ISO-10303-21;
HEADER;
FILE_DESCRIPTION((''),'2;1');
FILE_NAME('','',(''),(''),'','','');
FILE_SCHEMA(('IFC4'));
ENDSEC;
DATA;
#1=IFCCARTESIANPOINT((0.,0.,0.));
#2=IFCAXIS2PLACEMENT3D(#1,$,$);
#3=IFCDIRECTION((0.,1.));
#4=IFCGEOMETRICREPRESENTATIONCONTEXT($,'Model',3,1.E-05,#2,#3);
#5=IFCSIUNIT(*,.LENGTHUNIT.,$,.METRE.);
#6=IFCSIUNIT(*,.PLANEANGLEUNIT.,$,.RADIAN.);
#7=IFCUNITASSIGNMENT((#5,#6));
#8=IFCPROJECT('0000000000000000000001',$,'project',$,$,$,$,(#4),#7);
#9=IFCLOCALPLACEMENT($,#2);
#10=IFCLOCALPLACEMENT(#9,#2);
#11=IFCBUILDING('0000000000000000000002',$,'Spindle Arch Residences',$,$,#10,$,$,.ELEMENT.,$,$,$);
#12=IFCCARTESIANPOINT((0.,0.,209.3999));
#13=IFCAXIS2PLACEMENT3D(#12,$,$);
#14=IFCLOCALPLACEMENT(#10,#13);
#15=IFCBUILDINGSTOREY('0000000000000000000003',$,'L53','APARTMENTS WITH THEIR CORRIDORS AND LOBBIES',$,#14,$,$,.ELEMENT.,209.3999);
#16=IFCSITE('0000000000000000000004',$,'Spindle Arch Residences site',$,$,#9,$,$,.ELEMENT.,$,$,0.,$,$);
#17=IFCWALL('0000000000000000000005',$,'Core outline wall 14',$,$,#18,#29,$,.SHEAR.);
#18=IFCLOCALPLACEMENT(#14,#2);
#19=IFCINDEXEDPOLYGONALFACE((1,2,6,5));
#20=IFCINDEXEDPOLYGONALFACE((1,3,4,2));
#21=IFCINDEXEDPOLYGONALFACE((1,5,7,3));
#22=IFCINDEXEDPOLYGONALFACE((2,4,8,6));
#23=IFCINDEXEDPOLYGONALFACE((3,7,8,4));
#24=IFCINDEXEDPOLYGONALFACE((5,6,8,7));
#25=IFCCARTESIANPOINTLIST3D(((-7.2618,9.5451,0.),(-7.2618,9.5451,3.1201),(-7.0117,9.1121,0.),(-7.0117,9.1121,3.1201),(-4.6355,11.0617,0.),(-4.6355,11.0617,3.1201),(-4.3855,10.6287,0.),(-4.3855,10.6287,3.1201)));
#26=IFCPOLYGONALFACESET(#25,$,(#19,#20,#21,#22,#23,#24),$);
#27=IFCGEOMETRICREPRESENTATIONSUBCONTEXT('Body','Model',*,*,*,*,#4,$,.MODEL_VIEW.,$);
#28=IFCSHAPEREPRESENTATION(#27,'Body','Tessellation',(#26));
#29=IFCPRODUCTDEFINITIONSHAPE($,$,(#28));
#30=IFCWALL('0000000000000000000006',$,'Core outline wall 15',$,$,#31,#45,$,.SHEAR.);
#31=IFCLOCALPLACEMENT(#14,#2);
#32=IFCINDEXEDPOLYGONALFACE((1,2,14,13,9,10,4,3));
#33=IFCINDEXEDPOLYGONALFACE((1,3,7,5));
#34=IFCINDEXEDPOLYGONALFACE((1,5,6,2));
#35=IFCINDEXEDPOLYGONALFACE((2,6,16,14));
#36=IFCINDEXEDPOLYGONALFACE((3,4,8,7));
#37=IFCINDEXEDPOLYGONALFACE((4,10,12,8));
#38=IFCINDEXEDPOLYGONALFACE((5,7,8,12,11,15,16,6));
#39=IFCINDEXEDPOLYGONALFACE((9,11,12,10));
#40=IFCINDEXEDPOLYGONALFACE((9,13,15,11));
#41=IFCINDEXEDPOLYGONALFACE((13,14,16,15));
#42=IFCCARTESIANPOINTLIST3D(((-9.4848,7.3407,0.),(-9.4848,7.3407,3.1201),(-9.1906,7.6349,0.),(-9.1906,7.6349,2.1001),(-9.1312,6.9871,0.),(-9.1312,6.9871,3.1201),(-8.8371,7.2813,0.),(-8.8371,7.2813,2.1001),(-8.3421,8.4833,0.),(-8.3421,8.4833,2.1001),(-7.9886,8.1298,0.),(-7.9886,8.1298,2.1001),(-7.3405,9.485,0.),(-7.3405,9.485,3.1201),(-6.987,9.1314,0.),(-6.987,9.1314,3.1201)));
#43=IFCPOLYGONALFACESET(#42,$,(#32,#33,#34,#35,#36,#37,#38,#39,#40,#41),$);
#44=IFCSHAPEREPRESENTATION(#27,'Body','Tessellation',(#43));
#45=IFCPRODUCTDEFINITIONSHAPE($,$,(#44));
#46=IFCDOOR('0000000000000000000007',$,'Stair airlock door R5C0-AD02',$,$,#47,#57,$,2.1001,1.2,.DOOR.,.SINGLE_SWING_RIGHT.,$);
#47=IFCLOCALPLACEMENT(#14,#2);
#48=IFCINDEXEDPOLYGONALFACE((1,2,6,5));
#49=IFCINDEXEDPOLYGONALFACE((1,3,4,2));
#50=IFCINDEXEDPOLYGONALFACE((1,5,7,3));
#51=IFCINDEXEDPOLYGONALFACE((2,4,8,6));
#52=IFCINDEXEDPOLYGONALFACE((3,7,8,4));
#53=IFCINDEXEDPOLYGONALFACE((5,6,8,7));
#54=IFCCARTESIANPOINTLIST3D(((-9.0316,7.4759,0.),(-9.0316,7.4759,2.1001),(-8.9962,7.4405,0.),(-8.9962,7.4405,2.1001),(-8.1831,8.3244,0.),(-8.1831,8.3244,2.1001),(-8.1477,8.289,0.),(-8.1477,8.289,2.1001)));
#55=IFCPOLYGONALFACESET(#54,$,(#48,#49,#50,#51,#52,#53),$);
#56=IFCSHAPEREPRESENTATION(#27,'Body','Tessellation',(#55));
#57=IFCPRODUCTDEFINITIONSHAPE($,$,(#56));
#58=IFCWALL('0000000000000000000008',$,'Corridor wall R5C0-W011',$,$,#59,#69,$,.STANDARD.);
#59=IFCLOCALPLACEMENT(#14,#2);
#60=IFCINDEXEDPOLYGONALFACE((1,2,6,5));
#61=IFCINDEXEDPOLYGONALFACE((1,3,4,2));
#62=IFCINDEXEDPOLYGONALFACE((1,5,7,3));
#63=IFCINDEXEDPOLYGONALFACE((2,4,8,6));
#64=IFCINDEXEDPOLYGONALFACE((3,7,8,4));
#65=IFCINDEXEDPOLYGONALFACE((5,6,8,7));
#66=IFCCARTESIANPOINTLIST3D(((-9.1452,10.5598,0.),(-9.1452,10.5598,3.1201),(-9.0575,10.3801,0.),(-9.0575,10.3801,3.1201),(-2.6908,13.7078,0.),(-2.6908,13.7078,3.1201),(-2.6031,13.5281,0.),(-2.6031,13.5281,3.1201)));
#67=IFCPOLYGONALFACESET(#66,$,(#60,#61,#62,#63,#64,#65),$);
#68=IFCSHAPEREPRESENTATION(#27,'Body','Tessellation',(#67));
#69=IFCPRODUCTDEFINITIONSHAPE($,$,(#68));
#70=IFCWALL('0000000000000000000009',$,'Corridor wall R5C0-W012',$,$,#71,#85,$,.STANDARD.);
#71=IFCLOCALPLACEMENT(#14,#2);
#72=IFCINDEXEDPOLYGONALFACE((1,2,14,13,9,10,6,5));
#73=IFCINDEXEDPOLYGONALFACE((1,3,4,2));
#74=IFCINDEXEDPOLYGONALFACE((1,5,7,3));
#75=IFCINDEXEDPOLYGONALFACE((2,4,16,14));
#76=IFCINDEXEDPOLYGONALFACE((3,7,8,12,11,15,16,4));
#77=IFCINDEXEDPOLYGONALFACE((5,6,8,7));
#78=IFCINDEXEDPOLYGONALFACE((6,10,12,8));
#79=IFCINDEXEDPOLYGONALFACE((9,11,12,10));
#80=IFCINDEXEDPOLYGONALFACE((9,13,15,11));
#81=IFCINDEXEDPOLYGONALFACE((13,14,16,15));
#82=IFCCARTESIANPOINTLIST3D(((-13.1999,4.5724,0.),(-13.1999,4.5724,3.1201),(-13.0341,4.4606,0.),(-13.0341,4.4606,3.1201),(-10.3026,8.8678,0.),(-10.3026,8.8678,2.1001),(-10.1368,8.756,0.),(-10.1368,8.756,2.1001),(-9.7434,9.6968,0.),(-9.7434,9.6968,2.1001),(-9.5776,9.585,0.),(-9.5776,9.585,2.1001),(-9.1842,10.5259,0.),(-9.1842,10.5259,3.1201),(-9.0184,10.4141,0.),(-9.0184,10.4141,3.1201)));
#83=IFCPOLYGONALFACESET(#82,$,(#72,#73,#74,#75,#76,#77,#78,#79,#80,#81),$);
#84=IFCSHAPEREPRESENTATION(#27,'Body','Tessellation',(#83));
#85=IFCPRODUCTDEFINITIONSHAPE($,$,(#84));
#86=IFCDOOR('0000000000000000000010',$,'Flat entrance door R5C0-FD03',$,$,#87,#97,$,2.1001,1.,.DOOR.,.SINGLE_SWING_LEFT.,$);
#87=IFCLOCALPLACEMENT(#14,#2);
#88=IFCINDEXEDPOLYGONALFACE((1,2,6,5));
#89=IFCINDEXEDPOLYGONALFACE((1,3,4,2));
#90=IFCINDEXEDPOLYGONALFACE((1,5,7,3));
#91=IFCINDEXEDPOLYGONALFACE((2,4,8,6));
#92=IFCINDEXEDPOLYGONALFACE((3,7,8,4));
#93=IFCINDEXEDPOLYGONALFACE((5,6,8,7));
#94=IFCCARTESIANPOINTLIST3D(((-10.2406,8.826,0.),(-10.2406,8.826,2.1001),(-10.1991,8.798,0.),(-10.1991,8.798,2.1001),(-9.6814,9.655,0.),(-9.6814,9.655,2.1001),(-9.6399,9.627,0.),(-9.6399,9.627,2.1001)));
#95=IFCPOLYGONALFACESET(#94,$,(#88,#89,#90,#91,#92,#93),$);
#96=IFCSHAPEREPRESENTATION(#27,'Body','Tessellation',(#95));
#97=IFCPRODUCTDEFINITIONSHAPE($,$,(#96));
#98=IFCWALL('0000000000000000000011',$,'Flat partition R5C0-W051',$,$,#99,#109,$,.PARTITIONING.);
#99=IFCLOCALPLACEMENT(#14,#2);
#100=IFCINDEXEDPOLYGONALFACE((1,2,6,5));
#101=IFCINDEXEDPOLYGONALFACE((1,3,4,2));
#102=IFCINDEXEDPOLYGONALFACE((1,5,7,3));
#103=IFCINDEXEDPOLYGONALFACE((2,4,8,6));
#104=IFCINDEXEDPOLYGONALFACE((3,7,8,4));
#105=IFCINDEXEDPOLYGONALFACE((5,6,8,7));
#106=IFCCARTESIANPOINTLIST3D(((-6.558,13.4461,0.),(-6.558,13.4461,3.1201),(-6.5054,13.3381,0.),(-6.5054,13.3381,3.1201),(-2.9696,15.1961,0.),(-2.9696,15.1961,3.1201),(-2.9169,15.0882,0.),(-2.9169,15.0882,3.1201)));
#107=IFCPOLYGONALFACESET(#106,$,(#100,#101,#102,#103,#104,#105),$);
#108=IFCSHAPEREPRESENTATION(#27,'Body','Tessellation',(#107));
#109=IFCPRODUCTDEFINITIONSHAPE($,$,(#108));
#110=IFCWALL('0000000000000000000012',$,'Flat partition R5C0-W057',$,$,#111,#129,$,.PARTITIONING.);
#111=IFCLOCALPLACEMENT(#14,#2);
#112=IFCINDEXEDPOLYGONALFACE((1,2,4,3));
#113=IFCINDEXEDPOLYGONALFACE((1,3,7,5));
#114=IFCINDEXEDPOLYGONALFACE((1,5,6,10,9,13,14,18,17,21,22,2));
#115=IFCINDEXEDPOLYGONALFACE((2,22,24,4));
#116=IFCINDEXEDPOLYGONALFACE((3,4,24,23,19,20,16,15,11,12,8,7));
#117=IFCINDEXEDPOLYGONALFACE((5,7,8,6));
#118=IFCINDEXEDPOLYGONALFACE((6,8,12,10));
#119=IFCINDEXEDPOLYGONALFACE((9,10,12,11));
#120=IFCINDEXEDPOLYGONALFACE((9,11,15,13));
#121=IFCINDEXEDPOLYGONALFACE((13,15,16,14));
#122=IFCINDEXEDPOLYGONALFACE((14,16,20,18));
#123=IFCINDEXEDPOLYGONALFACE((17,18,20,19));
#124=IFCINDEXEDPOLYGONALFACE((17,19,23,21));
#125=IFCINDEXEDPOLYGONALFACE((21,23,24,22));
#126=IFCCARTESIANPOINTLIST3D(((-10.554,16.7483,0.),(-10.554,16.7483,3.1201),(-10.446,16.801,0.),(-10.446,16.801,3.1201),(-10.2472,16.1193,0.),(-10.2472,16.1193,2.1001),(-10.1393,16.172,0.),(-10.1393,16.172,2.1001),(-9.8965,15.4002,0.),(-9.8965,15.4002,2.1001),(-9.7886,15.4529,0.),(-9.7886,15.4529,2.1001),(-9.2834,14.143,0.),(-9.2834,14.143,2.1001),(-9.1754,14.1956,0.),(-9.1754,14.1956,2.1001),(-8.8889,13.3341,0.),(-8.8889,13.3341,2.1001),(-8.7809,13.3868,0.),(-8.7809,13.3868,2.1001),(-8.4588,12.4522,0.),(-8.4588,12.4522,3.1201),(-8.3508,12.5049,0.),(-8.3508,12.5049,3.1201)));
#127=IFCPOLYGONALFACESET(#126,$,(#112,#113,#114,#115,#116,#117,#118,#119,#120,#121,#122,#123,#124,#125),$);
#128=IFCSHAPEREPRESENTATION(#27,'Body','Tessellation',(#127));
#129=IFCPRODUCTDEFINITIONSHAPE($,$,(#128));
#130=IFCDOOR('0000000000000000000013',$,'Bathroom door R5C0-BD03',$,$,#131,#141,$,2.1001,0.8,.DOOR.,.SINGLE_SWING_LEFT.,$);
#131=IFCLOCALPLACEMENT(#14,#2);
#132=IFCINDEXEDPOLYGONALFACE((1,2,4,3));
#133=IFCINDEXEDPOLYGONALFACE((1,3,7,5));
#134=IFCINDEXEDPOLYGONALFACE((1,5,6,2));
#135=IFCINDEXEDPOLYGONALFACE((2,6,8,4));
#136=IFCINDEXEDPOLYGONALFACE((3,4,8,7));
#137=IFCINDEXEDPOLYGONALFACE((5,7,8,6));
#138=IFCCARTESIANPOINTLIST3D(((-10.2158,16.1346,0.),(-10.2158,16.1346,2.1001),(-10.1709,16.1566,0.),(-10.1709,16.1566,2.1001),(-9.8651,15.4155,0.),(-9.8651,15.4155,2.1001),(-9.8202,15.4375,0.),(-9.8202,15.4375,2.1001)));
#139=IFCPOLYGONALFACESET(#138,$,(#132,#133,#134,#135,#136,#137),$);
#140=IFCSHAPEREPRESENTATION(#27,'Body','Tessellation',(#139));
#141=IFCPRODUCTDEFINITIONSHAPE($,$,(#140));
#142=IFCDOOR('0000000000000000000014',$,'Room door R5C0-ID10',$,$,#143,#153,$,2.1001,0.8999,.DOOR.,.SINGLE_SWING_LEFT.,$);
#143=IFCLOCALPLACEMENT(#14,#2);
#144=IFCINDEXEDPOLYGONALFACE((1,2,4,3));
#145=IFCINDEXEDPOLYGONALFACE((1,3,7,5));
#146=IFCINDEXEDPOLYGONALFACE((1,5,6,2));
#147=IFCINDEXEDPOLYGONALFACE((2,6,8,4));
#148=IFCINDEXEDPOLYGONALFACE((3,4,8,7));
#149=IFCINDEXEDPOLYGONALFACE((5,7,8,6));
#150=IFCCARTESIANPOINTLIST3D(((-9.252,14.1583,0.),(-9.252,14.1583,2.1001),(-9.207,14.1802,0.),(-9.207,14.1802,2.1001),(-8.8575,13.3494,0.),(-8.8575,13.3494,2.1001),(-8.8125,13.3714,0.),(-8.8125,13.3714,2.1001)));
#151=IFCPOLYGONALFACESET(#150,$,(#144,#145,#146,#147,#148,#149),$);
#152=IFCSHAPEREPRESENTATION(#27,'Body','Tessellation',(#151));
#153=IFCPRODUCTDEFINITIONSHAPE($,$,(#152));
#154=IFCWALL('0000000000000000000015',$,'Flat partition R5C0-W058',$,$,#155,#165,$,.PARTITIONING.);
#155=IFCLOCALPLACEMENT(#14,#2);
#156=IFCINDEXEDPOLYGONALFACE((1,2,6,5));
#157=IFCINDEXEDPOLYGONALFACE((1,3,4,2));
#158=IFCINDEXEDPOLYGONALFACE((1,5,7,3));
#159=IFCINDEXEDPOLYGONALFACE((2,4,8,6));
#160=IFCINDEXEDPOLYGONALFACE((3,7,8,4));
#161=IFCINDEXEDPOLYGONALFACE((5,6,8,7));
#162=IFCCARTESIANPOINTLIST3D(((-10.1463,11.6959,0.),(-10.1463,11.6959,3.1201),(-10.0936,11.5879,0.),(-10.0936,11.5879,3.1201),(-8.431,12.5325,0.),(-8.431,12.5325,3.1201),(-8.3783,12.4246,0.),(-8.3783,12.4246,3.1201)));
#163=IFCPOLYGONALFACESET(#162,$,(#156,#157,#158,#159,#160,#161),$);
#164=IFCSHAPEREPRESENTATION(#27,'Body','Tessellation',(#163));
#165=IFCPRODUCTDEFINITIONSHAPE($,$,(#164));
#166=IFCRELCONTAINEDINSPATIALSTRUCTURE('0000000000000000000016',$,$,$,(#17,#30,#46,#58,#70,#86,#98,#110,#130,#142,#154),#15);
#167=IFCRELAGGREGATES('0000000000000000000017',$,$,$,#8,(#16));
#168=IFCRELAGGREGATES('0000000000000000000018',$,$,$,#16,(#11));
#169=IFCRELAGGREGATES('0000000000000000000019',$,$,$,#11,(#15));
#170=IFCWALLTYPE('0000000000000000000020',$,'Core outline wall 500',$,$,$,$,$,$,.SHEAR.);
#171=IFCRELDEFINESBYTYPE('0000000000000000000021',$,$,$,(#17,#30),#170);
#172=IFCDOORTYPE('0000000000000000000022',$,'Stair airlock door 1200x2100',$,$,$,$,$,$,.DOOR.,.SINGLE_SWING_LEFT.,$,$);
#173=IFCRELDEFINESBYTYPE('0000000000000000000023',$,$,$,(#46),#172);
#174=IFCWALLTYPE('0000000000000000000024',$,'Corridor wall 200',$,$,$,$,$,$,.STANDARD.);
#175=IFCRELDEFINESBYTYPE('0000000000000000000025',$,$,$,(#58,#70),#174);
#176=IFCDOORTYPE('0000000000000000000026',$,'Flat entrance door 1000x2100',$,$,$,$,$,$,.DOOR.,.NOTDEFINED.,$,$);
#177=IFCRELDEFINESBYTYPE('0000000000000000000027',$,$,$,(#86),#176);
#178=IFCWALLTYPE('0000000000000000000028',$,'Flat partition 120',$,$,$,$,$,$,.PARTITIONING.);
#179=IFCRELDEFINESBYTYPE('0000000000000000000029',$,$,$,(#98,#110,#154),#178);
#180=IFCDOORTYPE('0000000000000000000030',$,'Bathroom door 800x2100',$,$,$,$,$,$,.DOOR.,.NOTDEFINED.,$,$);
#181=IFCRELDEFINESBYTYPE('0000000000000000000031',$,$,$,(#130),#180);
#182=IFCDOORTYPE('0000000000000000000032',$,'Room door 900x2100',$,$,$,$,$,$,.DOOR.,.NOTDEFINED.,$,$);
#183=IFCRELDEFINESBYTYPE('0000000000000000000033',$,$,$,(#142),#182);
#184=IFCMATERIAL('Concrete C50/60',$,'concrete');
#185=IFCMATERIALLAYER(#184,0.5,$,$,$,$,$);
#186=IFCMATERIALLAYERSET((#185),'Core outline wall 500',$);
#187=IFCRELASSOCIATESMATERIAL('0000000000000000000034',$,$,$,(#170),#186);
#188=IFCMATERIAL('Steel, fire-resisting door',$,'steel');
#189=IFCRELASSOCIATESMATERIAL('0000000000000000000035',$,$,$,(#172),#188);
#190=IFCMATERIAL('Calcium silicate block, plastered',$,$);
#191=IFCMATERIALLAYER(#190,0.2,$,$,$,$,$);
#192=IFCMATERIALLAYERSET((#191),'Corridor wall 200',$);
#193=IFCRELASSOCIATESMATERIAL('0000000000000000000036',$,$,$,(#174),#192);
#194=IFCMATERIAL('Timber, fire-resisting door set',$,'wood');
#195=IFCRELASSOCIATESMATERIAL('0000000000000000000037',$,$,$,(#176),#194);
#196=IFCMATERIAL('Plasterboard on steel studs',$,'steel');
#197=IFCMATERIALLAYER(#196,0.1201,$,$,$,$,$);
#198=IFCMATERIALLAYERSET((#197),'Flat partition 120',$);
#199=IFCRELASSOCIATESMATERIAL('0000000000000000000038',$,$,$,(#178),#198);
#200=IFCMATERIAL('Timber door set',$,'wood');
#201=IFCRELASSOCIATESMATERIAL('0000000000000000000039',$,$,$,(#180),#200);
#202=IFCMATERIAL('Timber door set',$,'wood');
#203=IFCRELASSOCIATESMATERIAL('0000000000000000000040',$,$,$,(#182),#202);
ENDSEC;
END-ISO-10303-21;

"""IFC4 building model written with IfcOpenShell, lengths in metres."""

from ifc_helpers import new_model, si_unit, direction, frame, frame_2d, origin, place, context, subcontext, project, spatial, rectangle, extrude, material, layer, layer_set, type_object, element, fill, save


model = new_model("IFC4")

# Units and contexts
model_context = context("Model", 3, precision=1e-05, world=origin(), true_north=direction((0.0, 1.0)))
body_context = subcontext(model_context, "Body", "Model", "MODEL_VIEW")
ifc_project = project(units=[si_unit("LENGTHUNIT", "METRE"), si_unit("PLANEANGLEUNIT", "RADIAN")], contexts=[model_context])

# Site, building, storey
site_placement = place(None, origin())
site = spatial("IfcSite", under=ifc_project, at=site_placement, Name="Spindle Arch Residences site", CompositionType="ELEMENT", RefElevation=0.0)
building_placement = place(site_placement, origin())
building = spatial("IfcBuilding", under=site, at=building_placement, Name="Spindle Arch Residences", CompositionType="ELEMENT")
storey_placement = place(building_placement, frame((0.0, 0.0, 209.3999)))
storey = spatial("IfcBuildingStorey", under=building, at=storey_placement, Name="L53", Description="APARTMENTS WITH THEIR CORRIDORS AND LOBBIES", CompositionType="ELEMENT", Elevation=209.3999)

# Wall
ifc_material_1 = material(Name="Concrete C50/60", Category="concrete")
ifc_layer_1 = layer(ifc_material_1, 0.5)
ifc_layer_set_1 = layer_set([ifc_layer_1], Name="Core outline wall 500")
wall_type_1 = type_object("IfcWallType", Name="Core outline wall 500", PredefinedType="SHEAR", material=ifc_layer_set_1)
wall_1_placement = place(storey_placement, frame((-4.5105, 10.8452, 0.0), z_axis=(0.0, 0.0, 1.0), x_axis=(-0.865975, -0.500087, 0.0)))
element("IfcWall", 1, at=wall_1_placement, inside=storey, type_object=wall_type_1, Name="Core outline wall 14", PredefinedType="SHEAR", context=body_context, shape_type="SweptSolid", body=[
    extrude(rectangle(XDim=3.0327, YDim=0.5, at=frame_2d((1.5164, 0.0))), origin(), (0.0, 0.0, 1.0), 3.1201),
])

# Wall, opening, door
wall_2_placement = place(storey_placement, frame((-7.1638, 9.3081, 0.0), z_axis=(0.0, 0.0, 1.0), x_axis=(-0.707107, -0.707107, 0.0)))
wall_2 = element("IfcWall", 2, at=wall_2_placement, inside=storey, type_object=wall_type_1, Name="Core outline wall 15", PredefinedType="SHEAR", context=body_context, shape_type="SweptSolid", body=[
    extrude(rectangle(XDim=3.0325, YDim=0.5, at=frame_2d((1.5161, 0.0))), origin(), (0.0, 0.0, 1.0), 3.1201),
])
opening_1_placement = place(wall_2_placement, frame((1.4163, 0.0, 0.0)))
opening_1 = element("IfcOpeningElement", 3, at=opening_1_placement, cuts=wall_2, PredefinedType="OPENING", context=body_context, shape_type="SweptSolid", body=[
    extrude(rectangle(XDim=1.2, YDim=2.1001, at=frame_2d((0.6001, 1.05))), frame((0.0, 0.26, 0.0), z_axis=(0.0, -1.0, 0.0), x_axis=(1.0, 0.0, 0.0)), (0.0, 0.0, 1.0), 0.52),
])
ifc_material_2 = material(Name="Steel, fire-resisting door", Category="steel")
door_type_1 = type_object("IfcDoorType", Name="Stair airlock door 1200x2100", OperationType="SINGLE_SWING_LEFT", PredefinedType="DOOR", material=ifc_material_2)
door_1_placement = place(opening_1_placement, origin())
door_1 = element("IfcDoor", 4, at=door_1_placement, inside=storey, type_object=door_type_1, Name="Stair airlock door R5C0-AD02", OperationType="SINGLE_SWING_RIGHT", OverallHeight=2.1001, OverallWidth=1.2, PredefinedType="DOOR", context=body_context, shape_type="SweptSolid", body=[
    extrude(rectangle(XDim=1.2, YDim=2.1001, at=frame_2d((0.6001, 1.05))), frame((0.0, 0.0249, 0.0), z_axis=(0.0, -1.0, 0.0), x_axis=(1.0, 0.0, 0.0)), (0.0, 0.0, 1.0), 0.05),
])
fill(opening_1, door_1)

# Wall
ifc_material_3 = material(Name="Calcium silicate block, plastered")
ifc_layer_2 = layer(ifc_material_3, 0.2)
ifc_layer_set_2 = layer_set([ifc_layer_2], Name="Corridor wall 200")
wall_type_2 = type_object("IfcWallType", Name="Corridor wall 200", PredefinedType="STANDARD", material=ifc_layer_set_2)
wall_3_placement = place(storey_placement, frame((-2.647, 13.6179, 0.0), z_axis=(0.0, 0.0, 1.0), x_axis=(-0.898797, -0.438366, 0.0)))
element("IfcWall", 5, at=wall_3_placement, inside=storey, type_object=wall_type_2, Name="Corridor wall R5C0-W011", PredefinedType="STANDARD", context=body_context, shape_type="SweptSolid", body=[
    extrude(rectangle(XDim=7.1812, YDim=0.2, at=frame_2d((3.5906, 0.0))), origin(), (0.0, 0.0, 1.0), 3.1201),
])

# Wall, opening, door
wall_4_placement = place(storey_placement, frame((-9.1013, 10.47, 0.0), z_axis=(0.0, 0.0, 1.0), x_axis=(-0.559195, -0.829036, 0.0)))
wall_4 = element("IfcWall", 6, at=wall_4_placement, inside=storey, type_object=wall_type_2, Name="Corridor wall R5C0-W012", PredefinedType="STANDARD", context=body_context, shape_type="SweptSolid", body=[
    extrude(rectangle(XDim=7.1812, YDim=0.2, at=frame_2d((3.5906, 0.0))), origin(), (0.0, 0.0, 1.0), 3.1201),
])
opening_2_placement = place(wall_4_placement, frame((1.0, 0.0, 0.0)))
opening_2 = element("IfcOpeningElement", 7, at=opening_2_placement, cuts=wall_4, PredefinedType="OPENING", context=body_context, shape_type="SweptSolid", body=[
    extrude(rectangle(XDim=1.0, YDim=2.1001, at=frame_2d((0.5, 1.05))), frame((0.0, 0.1099, 0.0), z_axis=(0.0, -1.0, 0.0), x_axis=(1.0, 0.0, 0.0)), (0.0, 0.0, 1.0), 0.22),
])
ifc_material_4 = material(Name="Timber, fire-resisting door set", Category="wood")
door_type_2 = type_object("IfcDoorType", Name="Flat entrance door 1000x2100", OperationType="NOTDEFINED", PredefinedType="DOOR", material=ifc_material_4)
door_2_placement = place(opening_2_placement, origin())
door_2 = element("IfcDoor", 8, at=door_2_placement, inside=storey, type_object=door_type_2, Name="Flat entrance door R5C0-FD03", OperationType="SINGLE_SWING_LEFT", OverallHeight=2.1001, OverallWidth=1.0, PredefinedType="DOOR", context=body_context, shape_type="SweptSolid", body=[
    extrude(rectangle(XDim=1.0, YDim=2.1001, at=frame_2d((0.5, 1.05))), frame((0.0, 0.0249, 0.0), z_axis=(0.0, -1.0, 0.0), x_axis=(1.0, 0.0, 0.0)), (0.0, 0.0, 1.0), 0.05),
])
fill(opening_2, door_2)

# Wall
ifc_material_5 = material(Name="Plasterboard on steel studs", Category="steel")
ifc_layer_3 = layer(ifc_material_5, 0.1201)
ifc_layer_set_3 = layer_set([ifc_layer_3], Name="Flat partition 120")
wall_type_3 = type_object("IfcWallType", Name="Flat partition 120", PredefinedType="PARTITIONING", material=ifc_layer_set_3)
wall_5_placement = place(storey_placement, frame((-2.9434, 15.1421, 0.0), z_axis=(0.0, 0.0, 1.0), x_axis=(-0.898811, -0.438337, 0.0)))
element("IfcWall", 9, at=wall_5_placement, inside=storey, type_object=wall_type_3, Name="Flat partition R5C0-W051", PredefinedType="PARTITIONING", context=body_context, shape_type="SweptSolid", body=[
    extrude(rectangle(XDim=3.9924, YDim=0.1201, at=frame_2d((1.9961, 0.0))), origin(), (0.0, 0.0, 1.0), 3.1201),
])

# Wall, openings, doors
wall_6_placement = place(storey_placement, frame((-10.5, 16.7747, 0.0), z_axis=(0.0, 0.0, 1.0), x_axis=(0.438345, -0.898807, 0.0)))
wall_6 = element("IfcWall", 10, at=wall_6_placement, inside=storey, type_object=wall_type_3, Name="Flat partition R5C0-W057", PredefinedType="PARTITIONING", context=body_context, shape_type="SweptSolid", body=[
    extrude(rectangle(XDim=4.7798, YDim=0.1201, at=frame_2d((2.3899, 0.0))), origin(), (0.0, 0.0, 1.0), 3.1201),
])
opening_3_placement = place(wall_6_placement, frame((0.7, 0.0, 0.0)))
opening_3 = element("IfcOpeningElement", 11, at=opening_3_placement, cuts=wall_6, PredefinedType="OPENING", context=body_context, shape_type="SweptSolid", body=[
    extrude(rectangle(XDim=0.8, YDim=2.1001, at=frame_2d((0.3999, 1.05))), frame((0.0, 0.0701, 0.0), z_axis=(0.0, -1.0, 0.0), x_axis=(1.0, 0.0, 0.0)), (0.0, 0.0, 1.0), 0.1401),
])
opening_4_placement = place(wall_6_placement, frame((2.8987, 0.0, 0.0)))
opening_4 = element("IfcOpeningElement", 12, at=opening_4_placement, cuts=wall_6, PredefinedType="OPENING", context=body_context, shape_type="SweptSolid", body=[
    extrude(rectangle(XDim=0.8999, YDim=2.1001, at=frame_2d((0.45, 1.05))), frame((0.0, 0.0701, 0.0), z_axis=(0.0, -1.0, 0.0), x_axis=(1.0, 0.0, 0.0)), (0.0, 0.0, 1.0), 0.1401),
])
ifc_material_6 = material(Name="Timber door set", Category="wood")
door_type_3 = type_object("IfcDoorType", Name="Bathroom door 800x2100", OperationType="NOTDEFINED", PredefinedType="DOOR", material=ifc_material_6)
door_3_placement = place(opening_3_placement, origin())
door_3 = element("IfcDoor", 13, at=door_3_placement, inside=storey, type_object=door_type_3, Name="Bathroom door R5C0-BD03", OperationType="SINGLE_SWING_LEFT", OverallHeight=2.1001, OverallWidth=0.8, PredefinedType="DOOR", context=body_context, shape_type="SweptSolid", body=[
    extrude(rectangle(XDim=0.8, YDim=2.1001, at=frame_2d((0.3999, 1.05))), frame((0.0, 0.0249, 0.0), z_axis=(0.0, -1.0, 0.0), x_axis=(1.0, 0.0, 0.0)), (0.0, 0.0, 1.0), 0.05),
])
fill(opening_3, door_3)
ifc_material_7 = material(Name="Timber door set", Category="wood")
door_type_4 = type_object("IfcDoorType", Name="Room door 900x2100", OperationType="NOTDEFINED", PredefinedType="DOOR", material=ifc_material_7)
door_4_placement = place(opening_4_placement, origin())
door_4 = element("IfcDoor", 14, at=door_4_placement, inside=storey, type_object=door_type_4, Name="Room door R5C0-ID10", OperationType="SINGLE_SWING_LEFT", OverallHeight=2.1001, OverallWidth=0.8999, PredefinedType="DOOR", context=body_context, shape_type="SweptSolid", body=[
    extrude(rectangle(XDim=0.8999, YDim=2.1001, at=frame_2d((0.45, 1.05))), frame((0.0, 0.0249, 0.0), z_axis=(0.0, -1.0, 0.0), x_axis=(1.0, 0.0, 0.0)), (0.0, 0.0, 1.0), 0.05),
])
fill(opening_4, door_4)

# Wall
wall_7_placement = place(storey_placement, frame((-8.4048, 12.4785, 0.0), z_axis=(0.0, 0.0, 1.0), x_axis=(-0.898784, -0.438391, 0.0)))
element("IfcWall", 15, at=wall_7_placement, inside=storey, type_object=wall_type_3, Name="Flat partition R5C0-W058", PredefinedType="PARTITIONING", context=body_context, shape_type="SweptSolid", body=[
    extrude(rectangle(XDim=1.9084, YDim=0.1201, at=frame_2d((0.9541, 0.0))), origin(), (0.0, 0.0, 1.0), 3.1201),
])

save(model, "model.ifc")
